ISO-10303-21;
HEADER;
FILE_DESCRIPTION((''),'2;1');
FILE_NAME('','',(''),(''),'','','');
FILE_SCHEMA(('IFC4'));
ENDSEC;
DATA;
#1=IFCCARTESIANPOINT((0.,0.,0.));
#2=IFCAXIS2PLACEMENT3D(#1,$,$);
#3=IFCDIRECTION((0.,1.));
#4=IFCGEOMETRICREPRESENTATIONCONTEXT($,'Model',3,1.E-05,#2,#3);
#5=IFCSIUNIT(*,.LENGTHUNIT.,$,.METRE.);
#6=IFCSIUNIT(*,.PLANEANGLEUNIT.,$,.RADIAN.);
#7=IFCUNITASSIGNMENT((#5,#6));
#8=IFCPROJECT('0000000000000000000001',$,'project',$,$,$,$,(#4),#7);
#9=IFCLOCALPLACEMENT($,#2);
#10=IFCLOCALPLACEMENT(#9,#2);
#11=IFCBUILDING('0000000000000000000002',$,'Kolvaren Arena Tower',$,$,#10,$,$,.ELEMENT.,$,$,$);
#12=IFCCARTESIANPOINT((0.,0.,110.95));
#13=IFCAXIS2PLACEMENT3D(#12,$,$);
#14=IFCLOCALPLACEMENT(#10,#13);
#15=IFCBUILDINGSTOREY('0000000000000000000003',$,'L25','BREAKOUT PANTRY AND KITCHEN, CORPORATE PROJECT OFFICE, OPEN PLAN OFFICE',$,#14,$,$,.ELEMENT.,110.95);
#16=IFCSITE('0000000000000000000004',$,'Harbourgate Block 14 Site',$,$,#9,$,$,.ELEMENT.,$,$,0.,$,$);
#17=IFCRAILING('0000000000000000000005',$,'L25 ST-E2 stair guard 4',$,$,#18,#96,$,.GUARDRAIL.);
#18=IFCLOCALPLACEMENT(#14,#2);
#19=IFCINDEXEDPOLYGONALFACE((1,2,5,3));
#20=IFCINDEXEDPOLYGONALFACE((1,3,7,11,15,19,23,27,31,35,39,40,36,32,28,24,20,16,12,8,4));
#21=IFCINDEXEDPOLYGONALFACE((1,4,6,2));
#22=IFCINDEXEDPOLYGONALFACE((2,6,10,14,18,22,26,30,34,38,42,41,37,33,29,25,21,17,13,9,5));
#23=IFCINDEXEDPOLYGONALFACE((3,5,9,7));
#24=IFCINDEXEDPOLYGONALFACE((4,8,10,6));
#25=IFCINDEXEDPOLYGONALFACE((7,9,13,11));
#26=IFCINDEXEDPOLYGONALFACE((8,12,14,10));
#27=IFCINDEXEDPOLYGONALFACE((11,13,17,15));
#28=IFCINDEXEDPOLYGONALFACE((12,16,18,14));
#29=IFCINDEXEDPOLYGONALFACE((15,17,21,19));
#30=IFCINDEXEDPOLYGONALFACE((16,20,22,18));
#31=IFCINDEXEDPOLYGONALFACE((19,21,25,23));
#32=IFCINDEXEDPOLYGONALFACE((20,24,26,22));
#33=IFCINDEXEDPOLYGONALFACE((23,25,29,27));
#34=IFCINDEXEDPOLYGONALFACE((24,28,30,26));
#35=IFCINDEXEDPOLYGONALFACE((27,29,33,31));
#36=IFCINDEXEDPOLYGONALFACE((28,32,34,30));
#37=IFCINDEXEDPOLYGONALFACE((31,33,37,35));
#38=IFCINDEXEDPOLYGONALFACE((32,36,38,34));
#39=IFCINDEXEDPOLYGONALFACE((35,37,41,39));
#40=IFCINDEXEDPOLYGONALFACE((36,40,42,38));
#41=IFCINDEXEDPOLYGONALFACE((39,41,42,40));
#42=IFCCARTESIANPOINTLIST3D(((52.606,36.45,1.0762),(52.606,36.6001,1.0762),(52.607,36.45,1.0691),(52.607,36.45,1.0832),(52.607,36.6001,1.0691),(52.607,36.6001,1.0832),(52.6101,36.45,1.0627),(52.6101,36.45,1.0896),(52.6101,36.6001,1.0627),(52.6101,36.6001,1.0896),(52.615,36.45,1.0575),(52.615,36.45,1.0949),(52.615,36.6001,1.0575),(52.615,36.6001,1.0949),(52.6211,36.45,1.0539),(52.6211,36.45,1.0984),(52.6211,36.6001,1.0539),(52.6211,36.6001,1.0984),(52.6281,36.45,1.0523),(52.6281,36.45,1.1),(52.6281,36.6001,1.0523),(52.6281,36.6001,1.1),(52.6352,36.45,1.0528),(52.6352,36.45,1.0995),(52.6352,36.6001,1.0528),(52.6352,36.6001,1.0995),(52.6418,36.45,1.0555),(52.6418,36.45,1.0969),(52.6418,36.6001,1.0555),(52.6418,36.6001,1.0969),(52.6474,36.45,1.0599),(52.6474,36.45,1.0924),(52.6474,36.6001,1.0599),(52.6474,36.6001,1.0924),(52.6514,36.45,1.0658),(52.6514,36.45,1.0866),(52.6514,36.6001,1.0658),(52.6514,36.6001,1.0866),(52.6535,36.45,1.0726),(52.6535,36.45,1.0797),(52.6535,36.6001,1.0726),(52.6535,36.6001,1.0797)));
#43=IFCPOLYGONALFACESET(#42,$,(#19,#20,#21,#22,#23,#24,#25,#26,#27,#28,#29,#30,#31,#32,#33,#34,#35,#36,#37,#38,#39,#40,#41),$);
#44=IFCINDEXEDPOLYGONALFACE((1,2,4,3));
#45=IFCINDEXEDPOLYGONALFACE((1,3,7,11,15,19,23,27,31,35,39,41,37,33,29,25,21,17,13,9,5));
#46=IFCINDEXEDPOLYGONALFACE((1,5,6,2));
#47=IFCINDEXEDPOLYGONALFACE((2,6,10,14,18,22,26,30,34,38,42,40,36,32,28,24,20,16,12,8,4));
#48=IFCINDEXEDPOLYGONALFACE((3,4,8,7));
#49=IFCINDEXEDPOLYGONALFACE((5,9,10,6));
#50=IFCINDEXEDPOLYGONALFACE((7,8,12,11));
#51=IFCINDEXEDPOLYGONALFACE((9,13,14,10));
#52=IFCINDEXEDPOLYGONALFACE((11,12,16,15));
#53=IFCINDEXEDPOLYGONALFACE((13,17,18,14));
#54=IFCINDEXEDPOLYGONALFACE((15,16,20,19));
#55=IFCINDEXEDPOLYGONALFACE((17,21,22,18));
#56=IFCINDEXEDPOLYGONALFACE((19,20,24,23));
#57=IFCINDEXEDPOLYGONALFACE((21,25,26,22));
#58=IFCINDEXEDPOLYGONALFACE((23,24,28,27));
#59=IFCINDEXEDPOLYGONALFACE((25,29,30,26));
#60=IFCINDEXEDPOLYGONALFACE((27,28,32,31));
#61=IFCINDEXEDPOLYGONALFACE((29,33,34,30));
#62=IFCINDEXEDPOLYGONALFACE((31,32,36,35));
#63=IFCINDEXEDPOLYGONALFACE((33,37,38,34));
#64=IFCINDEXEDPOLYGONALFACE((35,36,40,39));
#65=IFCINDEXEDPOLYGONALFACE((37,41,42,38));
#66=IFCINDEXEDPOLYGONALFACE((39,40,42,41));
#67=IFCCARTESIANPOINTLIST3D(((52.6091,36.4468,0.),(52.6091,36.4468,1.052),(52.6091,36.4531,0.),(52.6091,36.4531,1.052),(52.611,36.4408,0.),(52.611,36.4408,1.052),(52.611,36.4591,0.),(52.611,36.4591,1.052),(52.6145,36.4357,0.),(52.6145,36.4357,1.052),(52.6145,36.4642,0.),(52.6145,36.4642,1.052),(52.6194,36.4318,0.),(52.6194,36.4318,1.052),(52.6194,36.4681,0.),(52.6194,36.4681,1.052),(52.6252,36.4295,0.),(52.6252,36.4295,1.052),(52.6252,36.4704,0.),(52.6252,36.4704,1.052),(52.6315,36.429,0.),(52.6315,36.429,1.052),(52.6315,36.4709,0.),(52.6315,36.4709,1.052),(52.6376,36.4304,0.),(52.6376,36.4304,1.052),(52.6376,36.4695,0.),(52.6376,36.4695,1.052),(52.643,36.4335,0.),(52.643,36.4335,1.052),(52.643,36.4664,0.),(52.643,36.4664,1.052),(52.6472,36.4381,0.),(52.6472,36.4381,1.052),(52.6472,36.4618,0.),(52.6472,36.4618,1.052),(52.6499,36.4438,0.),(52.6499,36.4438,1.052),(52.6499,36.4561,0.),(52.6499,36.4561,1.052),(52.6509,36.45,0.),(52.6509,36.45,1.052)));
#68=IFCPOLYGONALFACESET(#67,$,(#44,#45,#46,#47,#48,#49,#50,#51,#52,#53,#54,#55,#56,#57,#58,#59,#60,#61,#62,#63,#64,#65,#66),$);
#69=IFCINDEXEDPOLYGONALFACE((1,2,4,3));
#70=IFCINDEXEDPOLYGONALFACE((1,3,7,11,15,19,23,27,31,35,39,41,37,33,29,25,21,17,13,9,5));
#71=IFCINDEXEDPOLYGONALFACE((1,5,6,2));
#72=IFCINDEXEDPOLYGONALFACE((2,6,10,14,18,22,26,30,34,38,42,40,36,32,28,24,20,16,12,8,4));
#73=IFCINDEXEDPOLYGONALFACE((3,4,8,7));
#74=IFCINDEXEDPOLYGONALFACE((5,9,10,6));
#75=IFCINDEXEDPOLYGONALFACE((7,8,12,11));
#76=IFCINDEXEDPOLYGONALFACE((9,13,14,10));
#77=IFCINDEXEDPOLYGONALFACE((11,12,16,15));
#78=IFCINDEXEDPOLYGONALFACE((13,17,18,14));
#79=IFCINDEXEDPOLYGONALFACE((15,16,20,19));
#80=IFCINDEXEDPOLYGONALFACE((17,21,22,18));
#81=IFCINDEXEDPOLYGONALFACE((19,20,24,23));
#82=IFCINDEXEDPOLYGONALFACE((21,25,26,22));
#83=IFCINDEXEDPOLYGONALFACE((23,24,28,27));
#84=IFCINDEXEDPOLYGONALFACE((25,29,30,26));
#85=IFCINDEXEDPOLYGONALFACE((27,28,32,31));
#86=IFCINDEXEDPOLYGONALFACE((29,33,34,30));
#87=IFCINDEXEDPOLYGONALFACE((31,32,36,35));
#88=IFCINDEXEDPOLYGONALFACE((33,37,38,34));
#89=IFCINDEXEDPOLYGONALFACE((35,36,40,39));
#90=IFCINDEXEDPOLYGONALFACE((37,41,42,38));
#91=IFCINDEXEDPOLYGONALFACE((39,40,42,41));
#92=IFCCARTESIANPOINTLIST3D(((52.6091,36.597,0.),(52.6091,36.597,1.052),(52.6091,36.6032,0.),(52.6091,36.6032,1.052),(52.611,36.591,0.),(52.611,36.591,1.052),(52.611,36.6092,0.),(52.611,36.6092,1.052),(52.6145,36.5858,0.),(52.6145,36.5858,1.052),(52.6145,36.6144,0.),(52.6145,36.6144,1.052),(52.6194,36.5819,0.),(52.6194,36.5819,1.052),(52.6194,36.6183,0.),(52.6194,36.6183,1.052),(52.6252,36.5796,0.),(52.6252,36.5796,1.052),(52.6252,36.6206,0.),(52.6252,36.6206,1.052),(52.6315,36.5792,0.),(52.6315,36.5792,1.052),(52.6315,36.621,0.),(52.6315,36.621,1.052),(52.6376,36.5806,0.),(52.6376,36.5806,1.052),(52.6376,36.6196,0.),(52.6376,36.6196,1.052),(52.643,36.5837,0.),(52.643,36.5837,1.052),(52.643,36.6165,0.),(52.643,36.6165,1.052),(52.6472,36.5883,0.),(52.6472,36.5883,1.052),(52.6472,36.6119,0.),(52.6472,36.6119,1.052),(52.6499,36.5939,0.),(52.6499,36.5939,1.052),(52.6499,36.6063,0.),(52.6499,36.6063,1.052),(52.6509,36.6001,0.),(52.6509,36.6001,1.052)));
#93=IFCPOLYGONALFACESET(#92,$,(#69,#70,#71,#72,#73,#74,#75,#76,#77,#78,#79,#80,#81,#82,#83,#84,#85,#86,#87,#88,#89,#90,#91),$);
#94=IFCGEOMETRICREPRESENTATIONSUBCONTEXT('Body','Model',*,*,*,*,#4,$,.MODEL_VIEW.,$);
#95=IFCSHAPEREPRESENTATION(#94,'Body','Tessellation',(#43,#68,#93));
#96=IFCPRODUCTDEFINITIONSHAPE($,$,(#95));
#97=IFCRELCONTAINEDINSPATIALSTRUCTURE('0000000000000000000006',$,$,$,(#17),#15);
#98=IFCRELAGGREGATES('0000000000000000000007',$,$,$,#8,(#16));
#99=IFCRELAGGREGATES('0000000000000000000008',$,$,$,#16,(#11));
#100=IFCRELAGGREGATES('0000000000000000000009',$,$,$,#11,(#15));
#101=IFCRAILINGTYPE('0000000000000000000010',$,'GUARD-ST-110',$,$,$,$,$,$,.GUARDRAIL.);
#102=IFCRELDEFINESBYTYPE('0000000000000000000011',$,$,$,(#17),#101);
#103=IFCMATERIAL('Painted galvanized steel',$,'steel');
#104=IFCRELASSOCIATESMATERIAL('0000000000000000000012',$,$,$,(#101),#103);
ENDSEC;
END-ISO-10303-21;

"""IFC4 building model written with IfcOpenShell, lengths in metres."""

from ifc_helpers import new_model, si_unit, direction, frame, origin, origin_2d, place, context, subcontext, project, spatial, circle, extrude, material, type_object, element, save


model = new_model("IFC4")

# Units and contexts
model_context = context("Model", 3, precision=1e-05, world=origin(), true_north=direction((0.0, 1.0)))
body_context = subcontext(model_context, "Body", "Model", "MODEL_VIEW")
ifc_project = project(units=[si_unit("LENGTHUNIT", "METRE"), si_unit("PLANEANGLEUNIT", "RADIAN")], contexts=[model_context])

# Site, building, storey
site_placement = place(None, origin())
site = spatial("IfcSite", under=ifc_project, at=site_placement, Name="Harbourgate Block 14 Site", CompositionType="ELEMENT", RefElevation=0.0)
building_placement = place(site_placement, origin())
building = spatial("IfcBuilding", under=site, at=building_placement, Name="Kolvaren Arena Tower", CompositionType="ELEMENT")
storey_placement = place(building_placement, frame((0.0, 0.0, 110.95)))
storey = spatial("IfcBuildingStorey", under=building, at=storey_placement, Name="L25", Description="BREAKOUT PANTRY AND KITCHEN, CORPORATE PROJECT OFFICE, OPEN PLAN OFFICE", CompositionType="ELEMENT", Elevation=110.95)

# Railing
ifc_material_1 = material(Name="Painted galvanized steel", Category="steel")
railing_type_1 = type_object("IfcRailingType", Name="GUARD-ST-110", PredefinedType="GUARDRAIL", material=ifc_material_1)
railing_1_placement = place(storey_placement, frame((52.6299, 36.45, 0.0)))
element("IfcRailing", 1, at=railing_1_placement, inside=storey, type_object=railing_type_1, Name="L25 ST-E2 stair guard 4", PredefinedType="GUARDRAIL", context=body_context, shape_type="SweptSolid", body=[
    extrude(circle(Radius=0.0239, at=origin_2d()), frame((0.0, 0.0, 1.0762), z_axis=(0.0, 1.0, 0.0), x_axis=(-1.0, 0.0, 0.0)), (0.0, 0.0, 1.0), 0.1501),
    extrude(circle(Radius=0.021, at=origin_2d()), origin(), (0.0, 0.0, 1.0), 1.052),
    extrude(circle(Radius=0.021, at=origin_2d()), frame((0.0, 0.1501, 0.0)), (0.0, 0.0, 1.0), 1.052),
])

save(model, "model.ifc")
